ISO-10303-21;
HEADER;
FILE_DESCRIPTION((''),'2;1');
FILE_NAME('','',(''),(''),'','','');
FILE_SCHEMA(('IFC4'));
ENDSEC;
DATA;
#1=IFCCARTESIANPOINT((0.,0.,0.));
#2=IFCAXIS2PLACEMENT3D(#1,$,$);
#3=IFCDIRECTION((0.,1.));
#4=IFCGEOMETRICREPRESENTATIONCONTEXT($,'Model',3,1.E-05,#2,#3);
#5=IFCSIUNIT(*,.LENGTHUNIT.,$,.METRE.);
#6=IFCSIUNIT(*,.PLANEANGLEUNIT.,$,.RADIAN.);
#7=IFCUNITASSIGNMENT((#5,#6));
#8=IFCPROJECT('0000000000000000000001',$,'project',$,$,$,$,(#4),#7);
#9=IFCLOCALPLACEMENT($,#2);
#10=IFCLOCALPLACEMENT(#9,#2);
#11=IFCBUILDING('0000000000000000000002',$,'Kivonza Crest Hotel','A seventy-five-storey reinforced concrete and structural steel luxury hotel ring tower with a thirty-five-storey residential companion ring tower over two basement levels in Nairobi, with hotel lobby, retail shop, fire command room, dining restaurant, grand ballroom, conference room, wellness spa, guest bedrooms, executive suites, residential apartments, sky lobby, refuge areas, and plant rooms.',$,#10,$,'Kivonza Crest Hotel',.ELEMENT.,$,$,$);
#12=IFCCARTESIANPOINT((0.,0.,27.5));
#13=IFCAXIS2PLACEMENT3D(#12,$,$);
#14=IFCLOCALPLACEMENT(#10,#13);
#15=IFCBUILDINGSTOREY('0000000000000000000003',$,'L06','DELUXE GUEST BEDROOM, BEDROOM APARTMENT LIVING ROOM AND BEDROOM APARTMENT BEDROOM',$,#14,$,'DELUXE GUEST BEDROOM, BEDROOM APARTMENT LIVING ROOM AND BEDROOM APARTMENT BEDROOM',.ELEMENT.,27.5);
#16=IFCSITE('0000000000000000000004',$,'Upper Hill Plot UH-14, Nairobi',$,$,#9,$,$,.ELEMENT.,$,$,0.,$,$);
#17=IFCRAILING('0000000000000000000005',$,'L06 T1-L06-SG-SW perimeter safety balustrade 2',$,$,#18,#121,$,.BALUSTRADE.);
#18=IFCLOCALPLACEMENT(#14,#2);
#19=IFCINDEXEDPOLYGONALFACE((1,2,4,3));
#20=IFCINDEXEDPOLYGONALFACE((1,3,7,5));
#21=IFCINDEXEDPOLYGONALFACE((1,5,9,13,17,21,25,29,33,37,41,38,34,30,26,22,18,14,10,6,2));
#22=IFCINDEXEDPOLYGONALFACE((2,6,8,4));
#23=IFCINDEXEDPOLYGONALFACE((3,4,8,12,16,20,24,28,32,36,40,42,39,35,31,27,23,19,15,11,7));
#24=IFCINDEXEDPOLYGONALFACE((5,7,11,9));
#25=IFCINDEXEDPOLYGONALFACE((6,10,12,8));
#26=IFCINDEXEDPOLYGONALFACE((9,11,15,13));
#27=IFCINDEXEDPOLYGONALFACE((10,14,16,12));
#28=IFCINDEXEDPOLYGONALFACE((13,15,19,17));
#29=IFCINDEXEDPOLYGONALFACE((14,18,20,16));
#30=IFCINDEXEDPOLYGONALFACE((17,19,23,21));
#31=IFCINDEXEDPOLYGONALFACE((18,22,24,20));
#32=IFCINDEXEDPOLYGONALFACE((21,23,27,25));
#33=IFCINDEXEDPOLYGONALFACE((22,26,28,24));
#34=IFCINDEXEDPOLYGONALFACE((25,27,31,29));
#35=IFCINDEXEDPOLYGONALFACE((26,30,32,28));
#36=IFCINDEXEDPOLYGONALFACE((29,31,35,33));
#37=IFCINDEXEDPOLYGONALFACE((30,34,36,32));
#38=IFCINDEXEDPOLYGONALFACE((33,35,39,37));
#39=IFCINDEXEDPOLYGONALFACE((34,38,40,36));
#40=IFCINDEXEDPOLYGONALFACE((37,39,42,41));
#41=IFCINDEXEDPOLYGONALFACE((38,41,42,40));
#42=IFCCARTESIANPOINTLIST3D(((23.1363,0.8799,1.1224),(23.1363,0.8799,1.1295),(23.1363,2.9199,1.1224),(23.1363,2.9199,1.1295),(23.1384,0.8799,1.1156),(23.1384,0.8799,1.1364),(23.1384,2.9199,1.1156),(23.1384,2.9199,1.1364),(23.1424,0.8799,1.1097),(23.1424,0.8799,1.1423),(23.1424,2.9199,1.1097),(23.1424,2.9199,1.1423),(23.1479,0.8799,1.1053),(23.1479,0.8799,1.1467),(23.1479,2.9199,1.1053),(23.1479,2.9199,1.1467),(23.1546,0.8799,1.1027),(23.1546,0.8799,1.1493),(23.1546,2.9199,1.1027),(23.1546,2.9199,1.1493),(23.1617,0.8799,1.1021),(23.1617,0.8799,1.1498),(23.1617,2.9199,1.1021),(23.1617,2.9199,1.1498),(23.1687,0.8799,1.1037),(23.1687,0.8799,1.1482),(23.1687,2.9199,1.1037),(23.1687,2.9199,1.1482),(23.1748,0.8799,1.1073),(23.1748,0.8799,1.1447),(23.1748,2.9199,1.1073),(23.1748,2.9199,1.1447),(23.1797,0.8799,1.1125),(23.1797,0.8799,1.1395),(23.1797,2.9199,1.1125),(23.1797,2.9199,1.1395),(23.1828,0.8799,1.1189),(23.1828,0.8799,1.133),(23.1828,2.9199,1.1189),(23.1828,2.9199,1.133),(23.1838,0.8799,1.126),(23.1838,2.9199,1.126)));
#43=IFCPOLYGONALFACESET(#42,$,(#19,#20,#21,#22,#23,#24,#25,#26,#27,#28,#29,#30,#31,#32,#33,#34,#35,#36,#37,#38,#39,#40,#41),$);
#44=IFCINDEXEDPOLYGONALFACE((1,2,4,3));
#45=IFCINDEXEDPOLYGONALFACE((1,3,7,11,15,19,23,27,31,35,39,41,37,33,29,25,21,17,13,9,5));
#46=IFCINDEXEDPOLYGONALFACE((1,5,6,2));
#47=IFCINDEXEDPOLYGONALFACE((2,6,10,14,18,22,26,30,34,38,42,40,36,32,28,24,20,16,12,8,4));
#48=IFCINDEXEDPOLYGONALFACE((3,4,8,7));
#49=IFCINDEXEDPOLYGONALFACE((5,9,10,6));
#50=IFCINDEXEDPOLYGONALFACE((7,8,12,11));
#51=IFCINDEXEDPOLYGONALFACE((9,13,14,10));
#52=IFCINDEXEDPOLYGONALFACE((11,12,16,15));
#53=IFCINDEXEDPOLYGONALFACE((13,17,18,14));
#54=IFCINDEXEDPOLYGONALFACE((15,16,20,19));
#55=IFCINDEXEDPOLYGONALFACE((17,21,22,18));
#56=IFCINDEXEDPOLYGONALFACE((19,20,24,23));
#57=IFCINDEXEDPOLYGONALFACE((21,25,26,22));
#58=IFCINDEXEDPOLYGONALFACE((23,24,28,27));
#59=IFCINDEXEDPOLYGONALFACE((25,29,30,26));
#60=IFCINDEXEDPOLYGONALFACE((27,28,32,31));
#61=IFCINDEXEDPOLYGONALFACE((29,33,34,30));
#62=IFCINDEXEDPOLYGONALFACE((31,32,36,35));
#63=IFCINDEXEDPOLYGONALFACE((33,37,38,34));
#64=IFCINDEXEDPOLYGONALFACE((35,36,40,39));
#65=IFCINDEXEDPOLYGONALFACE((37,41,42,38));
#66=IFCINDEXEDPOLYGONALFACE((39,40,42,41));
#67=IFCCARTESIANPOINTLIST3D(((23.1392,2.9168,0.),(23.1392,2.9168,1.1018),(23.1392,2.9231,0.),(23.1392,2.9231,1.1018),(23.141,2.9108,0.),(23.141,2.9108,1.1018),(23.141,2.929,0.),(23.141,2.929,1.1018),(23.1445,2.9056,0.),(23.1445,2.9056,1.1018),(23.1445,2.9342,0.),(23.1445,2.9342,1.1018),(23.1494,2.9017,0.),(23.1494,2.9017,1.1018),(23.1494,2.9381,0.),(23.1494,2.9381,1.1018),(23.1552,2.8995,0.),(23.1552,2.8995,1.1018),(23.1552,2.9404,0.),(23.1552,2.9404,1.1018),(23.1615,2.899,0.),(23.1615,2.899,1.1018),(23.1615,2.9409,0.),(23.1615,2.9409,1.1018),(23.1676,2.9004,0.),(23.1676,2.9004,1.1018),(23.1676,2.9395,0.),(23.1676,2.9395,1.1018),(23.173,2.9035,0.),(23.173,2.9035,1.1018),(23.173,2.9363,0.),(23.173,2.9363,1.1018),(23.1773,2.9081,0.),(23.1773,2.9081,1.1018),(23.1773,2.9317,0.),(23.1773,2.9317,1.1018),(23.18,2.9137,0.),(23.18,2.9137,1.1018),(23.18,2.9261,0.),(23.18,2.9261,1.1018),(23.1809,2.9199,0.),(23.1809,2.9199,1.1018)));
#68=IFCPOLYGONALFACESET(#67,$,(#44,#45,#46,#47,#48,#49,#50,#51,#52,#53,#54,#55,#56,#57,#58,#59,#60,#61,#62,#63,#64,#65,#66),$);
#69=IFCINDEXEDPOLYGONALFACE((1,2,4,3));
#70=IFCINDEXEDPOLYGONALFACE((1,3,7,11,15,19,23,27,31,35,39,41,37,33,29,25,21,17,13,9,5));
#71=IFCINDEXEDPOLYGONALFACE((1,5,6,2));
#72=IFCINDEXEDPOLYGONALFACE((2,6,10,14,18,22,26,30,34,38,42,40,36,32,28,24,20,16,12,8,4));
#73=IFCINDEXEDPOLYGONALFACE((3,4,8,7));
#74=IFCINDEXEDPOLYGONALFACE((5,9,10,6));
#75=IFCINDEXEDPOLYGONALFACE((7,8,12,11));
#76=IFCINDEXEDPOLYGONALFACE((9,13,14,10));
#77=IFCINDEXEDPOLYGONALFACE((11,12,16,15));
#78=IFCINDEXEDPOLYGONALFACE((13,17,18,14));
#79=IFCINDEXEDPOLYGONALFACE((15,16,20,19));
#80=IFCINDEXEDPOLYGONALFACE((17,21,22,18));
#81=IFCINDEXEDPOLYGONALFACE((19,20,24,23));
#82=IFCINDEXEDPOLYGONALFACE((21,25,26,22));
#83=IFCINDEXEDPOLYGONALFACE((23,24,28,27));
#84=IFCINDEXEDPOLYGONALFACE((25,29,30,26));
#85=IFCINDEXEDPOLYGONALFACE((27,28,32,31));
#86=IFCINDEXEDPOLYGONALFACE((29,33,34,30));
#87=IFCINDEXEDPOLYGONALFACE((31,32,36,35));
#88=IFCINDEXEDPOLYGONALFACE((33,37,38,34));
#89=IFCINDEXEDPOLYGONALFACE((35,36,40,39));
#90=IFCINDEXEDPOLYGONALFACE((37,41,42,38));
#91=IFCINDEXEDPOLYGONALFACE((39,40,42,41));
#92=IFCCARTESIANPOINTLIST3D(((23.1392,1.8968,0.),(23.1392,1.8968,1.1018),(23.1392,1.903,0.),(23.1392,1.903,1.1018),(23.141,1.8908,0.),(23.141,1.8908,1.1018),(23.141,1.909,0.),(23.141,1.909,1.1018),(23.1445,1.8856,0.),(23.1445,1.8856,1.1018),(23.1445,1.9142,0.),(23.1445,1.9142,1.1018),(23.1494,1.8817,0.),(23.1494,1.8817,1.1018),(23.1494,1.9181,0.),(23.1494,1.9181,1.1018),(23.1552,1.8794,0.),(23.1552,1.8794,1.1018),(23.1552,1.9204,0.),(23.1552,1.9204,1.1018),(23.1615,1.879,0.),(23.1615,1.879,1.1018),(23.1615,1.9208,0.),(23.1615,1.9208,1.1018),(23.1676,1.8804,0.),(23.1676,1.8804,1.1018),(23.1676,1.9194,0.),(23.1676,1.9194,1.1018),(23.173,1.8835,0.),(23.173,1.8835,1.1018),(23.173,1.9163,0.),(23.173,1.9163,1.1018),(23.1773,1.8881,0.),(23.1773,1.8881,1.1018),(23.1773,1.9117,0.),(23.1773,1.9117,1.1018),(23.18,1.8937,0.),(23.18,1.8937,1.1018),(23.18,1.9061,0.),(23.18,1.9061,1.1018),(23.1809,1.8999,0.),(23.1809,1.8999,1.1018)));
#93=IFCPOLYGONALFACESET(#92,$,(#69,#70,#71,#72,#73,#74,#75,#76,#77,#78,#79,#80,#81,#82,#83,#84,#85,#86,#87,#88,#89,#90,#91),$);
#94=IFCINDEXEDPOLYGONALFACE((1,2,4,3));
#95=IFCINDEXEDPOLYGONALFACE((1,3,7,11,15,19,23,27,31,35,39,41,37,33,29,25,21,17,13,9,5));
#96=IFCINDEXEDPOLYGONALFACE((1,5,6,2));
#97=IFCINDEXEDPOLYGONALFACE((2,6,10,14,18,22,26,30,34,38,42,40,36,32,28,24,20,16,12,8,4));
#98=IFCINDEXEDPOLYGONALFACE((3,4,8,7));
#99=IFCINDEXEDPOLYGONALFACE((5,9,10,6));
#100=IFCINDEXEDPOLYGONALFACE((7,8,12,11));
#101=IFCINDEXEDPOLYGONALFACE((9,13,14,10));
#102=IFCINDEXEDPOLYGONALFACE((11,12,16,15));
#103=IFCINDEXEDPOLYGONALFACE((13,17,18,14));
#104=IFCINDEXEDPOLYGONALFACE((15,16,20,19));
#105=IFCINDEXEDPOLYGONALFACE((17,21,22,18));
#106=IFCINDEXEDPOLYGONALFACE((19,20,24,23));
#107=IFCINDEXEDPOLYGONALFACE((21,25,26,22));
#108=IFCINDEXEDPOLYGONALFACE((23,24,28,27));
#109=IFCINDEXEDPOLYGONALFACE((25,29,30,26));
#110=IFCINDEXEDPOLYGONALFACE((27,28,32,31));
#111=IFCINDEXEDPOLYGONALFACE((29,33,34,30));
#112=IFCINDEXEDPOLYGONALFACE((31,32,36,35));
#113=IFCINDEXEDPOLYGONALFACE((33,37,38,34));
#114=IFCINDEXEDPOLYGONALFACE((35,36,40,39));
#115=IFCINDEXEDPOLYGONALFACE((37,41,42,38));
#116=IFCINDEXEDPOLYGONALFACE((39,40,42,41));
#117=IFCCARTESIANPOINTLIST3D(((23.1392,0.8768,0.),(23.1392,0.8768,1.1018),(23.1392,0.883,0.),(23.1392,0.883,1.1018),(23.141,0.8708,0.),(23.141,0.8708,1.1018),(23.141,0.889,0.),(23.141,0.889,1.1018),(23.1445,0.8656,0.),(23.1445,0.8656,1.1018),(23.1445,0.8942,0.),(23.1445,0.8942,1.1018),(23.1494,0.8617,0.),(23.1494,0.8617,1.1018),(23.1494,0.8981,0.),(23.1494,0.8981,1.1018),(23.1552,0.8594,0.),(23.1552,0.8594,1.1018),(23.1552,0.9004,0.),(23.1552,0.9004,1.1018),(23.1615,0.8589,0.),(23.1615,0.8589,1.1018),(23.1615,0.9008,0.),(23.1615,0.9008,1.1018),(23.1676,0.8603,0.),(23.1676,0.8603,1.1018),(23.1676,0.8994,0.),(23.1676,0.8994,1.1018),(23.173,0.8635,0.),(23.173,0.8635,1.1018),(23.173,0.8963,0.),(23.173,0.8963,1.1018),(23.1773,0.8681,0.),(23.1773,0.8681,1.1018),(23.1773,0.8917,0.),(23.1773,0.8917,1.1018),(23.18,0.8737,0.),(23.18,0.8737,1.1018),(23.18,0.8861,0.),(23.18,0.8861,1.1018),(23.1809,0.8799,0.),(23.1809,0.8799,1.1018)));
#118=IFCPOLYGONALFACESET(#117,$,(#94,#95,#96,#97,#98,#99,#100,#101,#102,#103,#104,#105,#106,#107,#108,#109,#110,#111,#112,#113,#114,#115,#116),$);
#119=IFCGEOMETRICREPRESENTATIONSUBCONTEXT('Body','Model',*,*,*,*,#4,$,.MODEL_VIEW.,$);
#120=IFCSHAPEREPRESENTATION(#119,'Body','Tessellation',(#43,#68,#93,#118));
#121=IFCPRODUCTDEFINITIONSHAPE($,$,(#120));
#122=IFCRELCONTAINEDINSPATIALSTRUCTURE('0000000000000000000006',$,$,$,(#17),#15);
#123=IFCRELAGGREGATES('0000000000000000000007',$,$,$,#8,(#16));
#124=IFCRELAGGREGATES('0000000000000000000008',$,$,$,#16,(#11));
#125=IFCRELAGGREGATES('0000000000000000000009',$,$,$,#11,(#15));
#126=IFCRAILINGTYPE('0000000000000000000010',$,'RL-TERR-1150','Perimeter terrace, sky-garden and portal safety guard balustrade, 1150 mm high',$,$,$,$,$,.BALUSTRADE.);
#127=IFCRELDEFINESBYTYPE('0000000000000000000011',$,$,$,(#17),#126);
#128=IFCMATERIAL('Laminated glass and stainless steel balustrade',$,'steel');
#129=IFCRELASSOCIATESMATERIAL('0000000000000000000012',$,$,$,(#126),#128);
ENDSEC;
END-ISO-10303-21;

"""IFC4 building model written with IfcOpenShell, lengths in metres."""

from ifc_helpers import new_model, si_unit, direction, frame, origin, origin_2d, place, context, subcontext, project, spatial, circle, extrude, material, type_object, element, save


model = new_model("IFC4")

# Units and contexts
model_context = context("Model", 3, precision=1e-05, world=origin(), true_north=direction((0.0, 1.0)))
body_context = subcontext(model_context, "Body", "Model", "MODEL_VIEW")
ifc_project = project(units=[si_unit("LENGTHUNIT", "METRE"), si_unit("PLANEANGLEUNIT", "RADIAN")], contexts=[model_context])

# Site, building, storey
site_placement = place(None, origin())
site = spatial("IfcSite", under=ifc_project, at=site_placement, Name="Upper Hill Plot UH-14, Nairobi", CompositionType="ELEMENT", RefElevation=0.0)
building_placement = place(site_placement, origin())
building = spatial("IfcBuilding", under=site, at=building_placement, Name="Kivonza Crest Hotel", Description="A seventy-five-storey reinforced concrete and structural steel luxury hotel ring tower with a thirty-five-storey residential companion ring tower over two basement levels in Nairobi, with hotel lobby, retail shop, fire command room, dining restaurant, grand ballroom, conference room, wellness spa, guest bedrooms, executive suites, residential apartments, sky lobby, refuge areas, and plant rooms.", LongName="Kivonza Crest Hotel", CompositionType="ELEMENT")
storey_placement = place(building_placement, frame((0.0, 0.0, 27.5)))
storey = spatial("IfcBuildingStorey", under=building, at=storey_placement, Name="L06", Description="DELUXE GUEST BEDROOM, BEDROOM APARTMENT LIVING ROOM AND BEDROOM APARTMENT BEDROOM", LongName="DELUXE GUEST BEDROOM, BEDROOM APARTMENT LIVING ROOM AND BEDROOM APARTMENT BEDROOM", CompositionType="ELEMENT", Elevation=27.5)

# Railing
ifc_material_1 = material(Name="Laminated glass and stainless steel balustrade", Category="steel")
railing_type = type_object("IfcRailingType", Name="RL-TERR-1150", Description="Perimeter terrace, sky-garden and portal safety guard balustrade, 1150 mm high", PredefinedType="BALUSTRADE", material=ifc_material_1)
railing_1_placement = place(storey_placement, frame((23.1599, 2.9199, 0.0)))
element("IfcRailing", 1, at=railing_1_placement, inside=storey, type_object=railing_type, Name="L06 T1-L06-SG-SW perimeter safety balustrade 2", PredefinedType="BALUSTRADE", context=body_context, shape_type="SweptSolid", body=[
    extrude(circle(Radius=0.0239, at=origin_2d()), frame((0.0, 0.0, 1.126), z_axis=(0.0, -1.0, 0.0), x_axis=(1.0, 0.0, 0.0)), (0.0, 0.0, 1.0), 2.04),
    extrude(circle(Radius=0.021, at=origin_2d()), origin(), (0.0, 0.0, 1.0), 1.1018),
    extrude(circle(Radius=0.021, at=origin_2d()), frame((0.0, -1.02, 0.0)), (0.0, 0.0, 1.0), 1.1018),
    extrude(circle(Radius=0.021, at=origin_2d()), frame((0.0, -2.04, 0.0)), (0.0, 0.0, 1.0), 1.1018),
])

save(model, "model.ifc")
